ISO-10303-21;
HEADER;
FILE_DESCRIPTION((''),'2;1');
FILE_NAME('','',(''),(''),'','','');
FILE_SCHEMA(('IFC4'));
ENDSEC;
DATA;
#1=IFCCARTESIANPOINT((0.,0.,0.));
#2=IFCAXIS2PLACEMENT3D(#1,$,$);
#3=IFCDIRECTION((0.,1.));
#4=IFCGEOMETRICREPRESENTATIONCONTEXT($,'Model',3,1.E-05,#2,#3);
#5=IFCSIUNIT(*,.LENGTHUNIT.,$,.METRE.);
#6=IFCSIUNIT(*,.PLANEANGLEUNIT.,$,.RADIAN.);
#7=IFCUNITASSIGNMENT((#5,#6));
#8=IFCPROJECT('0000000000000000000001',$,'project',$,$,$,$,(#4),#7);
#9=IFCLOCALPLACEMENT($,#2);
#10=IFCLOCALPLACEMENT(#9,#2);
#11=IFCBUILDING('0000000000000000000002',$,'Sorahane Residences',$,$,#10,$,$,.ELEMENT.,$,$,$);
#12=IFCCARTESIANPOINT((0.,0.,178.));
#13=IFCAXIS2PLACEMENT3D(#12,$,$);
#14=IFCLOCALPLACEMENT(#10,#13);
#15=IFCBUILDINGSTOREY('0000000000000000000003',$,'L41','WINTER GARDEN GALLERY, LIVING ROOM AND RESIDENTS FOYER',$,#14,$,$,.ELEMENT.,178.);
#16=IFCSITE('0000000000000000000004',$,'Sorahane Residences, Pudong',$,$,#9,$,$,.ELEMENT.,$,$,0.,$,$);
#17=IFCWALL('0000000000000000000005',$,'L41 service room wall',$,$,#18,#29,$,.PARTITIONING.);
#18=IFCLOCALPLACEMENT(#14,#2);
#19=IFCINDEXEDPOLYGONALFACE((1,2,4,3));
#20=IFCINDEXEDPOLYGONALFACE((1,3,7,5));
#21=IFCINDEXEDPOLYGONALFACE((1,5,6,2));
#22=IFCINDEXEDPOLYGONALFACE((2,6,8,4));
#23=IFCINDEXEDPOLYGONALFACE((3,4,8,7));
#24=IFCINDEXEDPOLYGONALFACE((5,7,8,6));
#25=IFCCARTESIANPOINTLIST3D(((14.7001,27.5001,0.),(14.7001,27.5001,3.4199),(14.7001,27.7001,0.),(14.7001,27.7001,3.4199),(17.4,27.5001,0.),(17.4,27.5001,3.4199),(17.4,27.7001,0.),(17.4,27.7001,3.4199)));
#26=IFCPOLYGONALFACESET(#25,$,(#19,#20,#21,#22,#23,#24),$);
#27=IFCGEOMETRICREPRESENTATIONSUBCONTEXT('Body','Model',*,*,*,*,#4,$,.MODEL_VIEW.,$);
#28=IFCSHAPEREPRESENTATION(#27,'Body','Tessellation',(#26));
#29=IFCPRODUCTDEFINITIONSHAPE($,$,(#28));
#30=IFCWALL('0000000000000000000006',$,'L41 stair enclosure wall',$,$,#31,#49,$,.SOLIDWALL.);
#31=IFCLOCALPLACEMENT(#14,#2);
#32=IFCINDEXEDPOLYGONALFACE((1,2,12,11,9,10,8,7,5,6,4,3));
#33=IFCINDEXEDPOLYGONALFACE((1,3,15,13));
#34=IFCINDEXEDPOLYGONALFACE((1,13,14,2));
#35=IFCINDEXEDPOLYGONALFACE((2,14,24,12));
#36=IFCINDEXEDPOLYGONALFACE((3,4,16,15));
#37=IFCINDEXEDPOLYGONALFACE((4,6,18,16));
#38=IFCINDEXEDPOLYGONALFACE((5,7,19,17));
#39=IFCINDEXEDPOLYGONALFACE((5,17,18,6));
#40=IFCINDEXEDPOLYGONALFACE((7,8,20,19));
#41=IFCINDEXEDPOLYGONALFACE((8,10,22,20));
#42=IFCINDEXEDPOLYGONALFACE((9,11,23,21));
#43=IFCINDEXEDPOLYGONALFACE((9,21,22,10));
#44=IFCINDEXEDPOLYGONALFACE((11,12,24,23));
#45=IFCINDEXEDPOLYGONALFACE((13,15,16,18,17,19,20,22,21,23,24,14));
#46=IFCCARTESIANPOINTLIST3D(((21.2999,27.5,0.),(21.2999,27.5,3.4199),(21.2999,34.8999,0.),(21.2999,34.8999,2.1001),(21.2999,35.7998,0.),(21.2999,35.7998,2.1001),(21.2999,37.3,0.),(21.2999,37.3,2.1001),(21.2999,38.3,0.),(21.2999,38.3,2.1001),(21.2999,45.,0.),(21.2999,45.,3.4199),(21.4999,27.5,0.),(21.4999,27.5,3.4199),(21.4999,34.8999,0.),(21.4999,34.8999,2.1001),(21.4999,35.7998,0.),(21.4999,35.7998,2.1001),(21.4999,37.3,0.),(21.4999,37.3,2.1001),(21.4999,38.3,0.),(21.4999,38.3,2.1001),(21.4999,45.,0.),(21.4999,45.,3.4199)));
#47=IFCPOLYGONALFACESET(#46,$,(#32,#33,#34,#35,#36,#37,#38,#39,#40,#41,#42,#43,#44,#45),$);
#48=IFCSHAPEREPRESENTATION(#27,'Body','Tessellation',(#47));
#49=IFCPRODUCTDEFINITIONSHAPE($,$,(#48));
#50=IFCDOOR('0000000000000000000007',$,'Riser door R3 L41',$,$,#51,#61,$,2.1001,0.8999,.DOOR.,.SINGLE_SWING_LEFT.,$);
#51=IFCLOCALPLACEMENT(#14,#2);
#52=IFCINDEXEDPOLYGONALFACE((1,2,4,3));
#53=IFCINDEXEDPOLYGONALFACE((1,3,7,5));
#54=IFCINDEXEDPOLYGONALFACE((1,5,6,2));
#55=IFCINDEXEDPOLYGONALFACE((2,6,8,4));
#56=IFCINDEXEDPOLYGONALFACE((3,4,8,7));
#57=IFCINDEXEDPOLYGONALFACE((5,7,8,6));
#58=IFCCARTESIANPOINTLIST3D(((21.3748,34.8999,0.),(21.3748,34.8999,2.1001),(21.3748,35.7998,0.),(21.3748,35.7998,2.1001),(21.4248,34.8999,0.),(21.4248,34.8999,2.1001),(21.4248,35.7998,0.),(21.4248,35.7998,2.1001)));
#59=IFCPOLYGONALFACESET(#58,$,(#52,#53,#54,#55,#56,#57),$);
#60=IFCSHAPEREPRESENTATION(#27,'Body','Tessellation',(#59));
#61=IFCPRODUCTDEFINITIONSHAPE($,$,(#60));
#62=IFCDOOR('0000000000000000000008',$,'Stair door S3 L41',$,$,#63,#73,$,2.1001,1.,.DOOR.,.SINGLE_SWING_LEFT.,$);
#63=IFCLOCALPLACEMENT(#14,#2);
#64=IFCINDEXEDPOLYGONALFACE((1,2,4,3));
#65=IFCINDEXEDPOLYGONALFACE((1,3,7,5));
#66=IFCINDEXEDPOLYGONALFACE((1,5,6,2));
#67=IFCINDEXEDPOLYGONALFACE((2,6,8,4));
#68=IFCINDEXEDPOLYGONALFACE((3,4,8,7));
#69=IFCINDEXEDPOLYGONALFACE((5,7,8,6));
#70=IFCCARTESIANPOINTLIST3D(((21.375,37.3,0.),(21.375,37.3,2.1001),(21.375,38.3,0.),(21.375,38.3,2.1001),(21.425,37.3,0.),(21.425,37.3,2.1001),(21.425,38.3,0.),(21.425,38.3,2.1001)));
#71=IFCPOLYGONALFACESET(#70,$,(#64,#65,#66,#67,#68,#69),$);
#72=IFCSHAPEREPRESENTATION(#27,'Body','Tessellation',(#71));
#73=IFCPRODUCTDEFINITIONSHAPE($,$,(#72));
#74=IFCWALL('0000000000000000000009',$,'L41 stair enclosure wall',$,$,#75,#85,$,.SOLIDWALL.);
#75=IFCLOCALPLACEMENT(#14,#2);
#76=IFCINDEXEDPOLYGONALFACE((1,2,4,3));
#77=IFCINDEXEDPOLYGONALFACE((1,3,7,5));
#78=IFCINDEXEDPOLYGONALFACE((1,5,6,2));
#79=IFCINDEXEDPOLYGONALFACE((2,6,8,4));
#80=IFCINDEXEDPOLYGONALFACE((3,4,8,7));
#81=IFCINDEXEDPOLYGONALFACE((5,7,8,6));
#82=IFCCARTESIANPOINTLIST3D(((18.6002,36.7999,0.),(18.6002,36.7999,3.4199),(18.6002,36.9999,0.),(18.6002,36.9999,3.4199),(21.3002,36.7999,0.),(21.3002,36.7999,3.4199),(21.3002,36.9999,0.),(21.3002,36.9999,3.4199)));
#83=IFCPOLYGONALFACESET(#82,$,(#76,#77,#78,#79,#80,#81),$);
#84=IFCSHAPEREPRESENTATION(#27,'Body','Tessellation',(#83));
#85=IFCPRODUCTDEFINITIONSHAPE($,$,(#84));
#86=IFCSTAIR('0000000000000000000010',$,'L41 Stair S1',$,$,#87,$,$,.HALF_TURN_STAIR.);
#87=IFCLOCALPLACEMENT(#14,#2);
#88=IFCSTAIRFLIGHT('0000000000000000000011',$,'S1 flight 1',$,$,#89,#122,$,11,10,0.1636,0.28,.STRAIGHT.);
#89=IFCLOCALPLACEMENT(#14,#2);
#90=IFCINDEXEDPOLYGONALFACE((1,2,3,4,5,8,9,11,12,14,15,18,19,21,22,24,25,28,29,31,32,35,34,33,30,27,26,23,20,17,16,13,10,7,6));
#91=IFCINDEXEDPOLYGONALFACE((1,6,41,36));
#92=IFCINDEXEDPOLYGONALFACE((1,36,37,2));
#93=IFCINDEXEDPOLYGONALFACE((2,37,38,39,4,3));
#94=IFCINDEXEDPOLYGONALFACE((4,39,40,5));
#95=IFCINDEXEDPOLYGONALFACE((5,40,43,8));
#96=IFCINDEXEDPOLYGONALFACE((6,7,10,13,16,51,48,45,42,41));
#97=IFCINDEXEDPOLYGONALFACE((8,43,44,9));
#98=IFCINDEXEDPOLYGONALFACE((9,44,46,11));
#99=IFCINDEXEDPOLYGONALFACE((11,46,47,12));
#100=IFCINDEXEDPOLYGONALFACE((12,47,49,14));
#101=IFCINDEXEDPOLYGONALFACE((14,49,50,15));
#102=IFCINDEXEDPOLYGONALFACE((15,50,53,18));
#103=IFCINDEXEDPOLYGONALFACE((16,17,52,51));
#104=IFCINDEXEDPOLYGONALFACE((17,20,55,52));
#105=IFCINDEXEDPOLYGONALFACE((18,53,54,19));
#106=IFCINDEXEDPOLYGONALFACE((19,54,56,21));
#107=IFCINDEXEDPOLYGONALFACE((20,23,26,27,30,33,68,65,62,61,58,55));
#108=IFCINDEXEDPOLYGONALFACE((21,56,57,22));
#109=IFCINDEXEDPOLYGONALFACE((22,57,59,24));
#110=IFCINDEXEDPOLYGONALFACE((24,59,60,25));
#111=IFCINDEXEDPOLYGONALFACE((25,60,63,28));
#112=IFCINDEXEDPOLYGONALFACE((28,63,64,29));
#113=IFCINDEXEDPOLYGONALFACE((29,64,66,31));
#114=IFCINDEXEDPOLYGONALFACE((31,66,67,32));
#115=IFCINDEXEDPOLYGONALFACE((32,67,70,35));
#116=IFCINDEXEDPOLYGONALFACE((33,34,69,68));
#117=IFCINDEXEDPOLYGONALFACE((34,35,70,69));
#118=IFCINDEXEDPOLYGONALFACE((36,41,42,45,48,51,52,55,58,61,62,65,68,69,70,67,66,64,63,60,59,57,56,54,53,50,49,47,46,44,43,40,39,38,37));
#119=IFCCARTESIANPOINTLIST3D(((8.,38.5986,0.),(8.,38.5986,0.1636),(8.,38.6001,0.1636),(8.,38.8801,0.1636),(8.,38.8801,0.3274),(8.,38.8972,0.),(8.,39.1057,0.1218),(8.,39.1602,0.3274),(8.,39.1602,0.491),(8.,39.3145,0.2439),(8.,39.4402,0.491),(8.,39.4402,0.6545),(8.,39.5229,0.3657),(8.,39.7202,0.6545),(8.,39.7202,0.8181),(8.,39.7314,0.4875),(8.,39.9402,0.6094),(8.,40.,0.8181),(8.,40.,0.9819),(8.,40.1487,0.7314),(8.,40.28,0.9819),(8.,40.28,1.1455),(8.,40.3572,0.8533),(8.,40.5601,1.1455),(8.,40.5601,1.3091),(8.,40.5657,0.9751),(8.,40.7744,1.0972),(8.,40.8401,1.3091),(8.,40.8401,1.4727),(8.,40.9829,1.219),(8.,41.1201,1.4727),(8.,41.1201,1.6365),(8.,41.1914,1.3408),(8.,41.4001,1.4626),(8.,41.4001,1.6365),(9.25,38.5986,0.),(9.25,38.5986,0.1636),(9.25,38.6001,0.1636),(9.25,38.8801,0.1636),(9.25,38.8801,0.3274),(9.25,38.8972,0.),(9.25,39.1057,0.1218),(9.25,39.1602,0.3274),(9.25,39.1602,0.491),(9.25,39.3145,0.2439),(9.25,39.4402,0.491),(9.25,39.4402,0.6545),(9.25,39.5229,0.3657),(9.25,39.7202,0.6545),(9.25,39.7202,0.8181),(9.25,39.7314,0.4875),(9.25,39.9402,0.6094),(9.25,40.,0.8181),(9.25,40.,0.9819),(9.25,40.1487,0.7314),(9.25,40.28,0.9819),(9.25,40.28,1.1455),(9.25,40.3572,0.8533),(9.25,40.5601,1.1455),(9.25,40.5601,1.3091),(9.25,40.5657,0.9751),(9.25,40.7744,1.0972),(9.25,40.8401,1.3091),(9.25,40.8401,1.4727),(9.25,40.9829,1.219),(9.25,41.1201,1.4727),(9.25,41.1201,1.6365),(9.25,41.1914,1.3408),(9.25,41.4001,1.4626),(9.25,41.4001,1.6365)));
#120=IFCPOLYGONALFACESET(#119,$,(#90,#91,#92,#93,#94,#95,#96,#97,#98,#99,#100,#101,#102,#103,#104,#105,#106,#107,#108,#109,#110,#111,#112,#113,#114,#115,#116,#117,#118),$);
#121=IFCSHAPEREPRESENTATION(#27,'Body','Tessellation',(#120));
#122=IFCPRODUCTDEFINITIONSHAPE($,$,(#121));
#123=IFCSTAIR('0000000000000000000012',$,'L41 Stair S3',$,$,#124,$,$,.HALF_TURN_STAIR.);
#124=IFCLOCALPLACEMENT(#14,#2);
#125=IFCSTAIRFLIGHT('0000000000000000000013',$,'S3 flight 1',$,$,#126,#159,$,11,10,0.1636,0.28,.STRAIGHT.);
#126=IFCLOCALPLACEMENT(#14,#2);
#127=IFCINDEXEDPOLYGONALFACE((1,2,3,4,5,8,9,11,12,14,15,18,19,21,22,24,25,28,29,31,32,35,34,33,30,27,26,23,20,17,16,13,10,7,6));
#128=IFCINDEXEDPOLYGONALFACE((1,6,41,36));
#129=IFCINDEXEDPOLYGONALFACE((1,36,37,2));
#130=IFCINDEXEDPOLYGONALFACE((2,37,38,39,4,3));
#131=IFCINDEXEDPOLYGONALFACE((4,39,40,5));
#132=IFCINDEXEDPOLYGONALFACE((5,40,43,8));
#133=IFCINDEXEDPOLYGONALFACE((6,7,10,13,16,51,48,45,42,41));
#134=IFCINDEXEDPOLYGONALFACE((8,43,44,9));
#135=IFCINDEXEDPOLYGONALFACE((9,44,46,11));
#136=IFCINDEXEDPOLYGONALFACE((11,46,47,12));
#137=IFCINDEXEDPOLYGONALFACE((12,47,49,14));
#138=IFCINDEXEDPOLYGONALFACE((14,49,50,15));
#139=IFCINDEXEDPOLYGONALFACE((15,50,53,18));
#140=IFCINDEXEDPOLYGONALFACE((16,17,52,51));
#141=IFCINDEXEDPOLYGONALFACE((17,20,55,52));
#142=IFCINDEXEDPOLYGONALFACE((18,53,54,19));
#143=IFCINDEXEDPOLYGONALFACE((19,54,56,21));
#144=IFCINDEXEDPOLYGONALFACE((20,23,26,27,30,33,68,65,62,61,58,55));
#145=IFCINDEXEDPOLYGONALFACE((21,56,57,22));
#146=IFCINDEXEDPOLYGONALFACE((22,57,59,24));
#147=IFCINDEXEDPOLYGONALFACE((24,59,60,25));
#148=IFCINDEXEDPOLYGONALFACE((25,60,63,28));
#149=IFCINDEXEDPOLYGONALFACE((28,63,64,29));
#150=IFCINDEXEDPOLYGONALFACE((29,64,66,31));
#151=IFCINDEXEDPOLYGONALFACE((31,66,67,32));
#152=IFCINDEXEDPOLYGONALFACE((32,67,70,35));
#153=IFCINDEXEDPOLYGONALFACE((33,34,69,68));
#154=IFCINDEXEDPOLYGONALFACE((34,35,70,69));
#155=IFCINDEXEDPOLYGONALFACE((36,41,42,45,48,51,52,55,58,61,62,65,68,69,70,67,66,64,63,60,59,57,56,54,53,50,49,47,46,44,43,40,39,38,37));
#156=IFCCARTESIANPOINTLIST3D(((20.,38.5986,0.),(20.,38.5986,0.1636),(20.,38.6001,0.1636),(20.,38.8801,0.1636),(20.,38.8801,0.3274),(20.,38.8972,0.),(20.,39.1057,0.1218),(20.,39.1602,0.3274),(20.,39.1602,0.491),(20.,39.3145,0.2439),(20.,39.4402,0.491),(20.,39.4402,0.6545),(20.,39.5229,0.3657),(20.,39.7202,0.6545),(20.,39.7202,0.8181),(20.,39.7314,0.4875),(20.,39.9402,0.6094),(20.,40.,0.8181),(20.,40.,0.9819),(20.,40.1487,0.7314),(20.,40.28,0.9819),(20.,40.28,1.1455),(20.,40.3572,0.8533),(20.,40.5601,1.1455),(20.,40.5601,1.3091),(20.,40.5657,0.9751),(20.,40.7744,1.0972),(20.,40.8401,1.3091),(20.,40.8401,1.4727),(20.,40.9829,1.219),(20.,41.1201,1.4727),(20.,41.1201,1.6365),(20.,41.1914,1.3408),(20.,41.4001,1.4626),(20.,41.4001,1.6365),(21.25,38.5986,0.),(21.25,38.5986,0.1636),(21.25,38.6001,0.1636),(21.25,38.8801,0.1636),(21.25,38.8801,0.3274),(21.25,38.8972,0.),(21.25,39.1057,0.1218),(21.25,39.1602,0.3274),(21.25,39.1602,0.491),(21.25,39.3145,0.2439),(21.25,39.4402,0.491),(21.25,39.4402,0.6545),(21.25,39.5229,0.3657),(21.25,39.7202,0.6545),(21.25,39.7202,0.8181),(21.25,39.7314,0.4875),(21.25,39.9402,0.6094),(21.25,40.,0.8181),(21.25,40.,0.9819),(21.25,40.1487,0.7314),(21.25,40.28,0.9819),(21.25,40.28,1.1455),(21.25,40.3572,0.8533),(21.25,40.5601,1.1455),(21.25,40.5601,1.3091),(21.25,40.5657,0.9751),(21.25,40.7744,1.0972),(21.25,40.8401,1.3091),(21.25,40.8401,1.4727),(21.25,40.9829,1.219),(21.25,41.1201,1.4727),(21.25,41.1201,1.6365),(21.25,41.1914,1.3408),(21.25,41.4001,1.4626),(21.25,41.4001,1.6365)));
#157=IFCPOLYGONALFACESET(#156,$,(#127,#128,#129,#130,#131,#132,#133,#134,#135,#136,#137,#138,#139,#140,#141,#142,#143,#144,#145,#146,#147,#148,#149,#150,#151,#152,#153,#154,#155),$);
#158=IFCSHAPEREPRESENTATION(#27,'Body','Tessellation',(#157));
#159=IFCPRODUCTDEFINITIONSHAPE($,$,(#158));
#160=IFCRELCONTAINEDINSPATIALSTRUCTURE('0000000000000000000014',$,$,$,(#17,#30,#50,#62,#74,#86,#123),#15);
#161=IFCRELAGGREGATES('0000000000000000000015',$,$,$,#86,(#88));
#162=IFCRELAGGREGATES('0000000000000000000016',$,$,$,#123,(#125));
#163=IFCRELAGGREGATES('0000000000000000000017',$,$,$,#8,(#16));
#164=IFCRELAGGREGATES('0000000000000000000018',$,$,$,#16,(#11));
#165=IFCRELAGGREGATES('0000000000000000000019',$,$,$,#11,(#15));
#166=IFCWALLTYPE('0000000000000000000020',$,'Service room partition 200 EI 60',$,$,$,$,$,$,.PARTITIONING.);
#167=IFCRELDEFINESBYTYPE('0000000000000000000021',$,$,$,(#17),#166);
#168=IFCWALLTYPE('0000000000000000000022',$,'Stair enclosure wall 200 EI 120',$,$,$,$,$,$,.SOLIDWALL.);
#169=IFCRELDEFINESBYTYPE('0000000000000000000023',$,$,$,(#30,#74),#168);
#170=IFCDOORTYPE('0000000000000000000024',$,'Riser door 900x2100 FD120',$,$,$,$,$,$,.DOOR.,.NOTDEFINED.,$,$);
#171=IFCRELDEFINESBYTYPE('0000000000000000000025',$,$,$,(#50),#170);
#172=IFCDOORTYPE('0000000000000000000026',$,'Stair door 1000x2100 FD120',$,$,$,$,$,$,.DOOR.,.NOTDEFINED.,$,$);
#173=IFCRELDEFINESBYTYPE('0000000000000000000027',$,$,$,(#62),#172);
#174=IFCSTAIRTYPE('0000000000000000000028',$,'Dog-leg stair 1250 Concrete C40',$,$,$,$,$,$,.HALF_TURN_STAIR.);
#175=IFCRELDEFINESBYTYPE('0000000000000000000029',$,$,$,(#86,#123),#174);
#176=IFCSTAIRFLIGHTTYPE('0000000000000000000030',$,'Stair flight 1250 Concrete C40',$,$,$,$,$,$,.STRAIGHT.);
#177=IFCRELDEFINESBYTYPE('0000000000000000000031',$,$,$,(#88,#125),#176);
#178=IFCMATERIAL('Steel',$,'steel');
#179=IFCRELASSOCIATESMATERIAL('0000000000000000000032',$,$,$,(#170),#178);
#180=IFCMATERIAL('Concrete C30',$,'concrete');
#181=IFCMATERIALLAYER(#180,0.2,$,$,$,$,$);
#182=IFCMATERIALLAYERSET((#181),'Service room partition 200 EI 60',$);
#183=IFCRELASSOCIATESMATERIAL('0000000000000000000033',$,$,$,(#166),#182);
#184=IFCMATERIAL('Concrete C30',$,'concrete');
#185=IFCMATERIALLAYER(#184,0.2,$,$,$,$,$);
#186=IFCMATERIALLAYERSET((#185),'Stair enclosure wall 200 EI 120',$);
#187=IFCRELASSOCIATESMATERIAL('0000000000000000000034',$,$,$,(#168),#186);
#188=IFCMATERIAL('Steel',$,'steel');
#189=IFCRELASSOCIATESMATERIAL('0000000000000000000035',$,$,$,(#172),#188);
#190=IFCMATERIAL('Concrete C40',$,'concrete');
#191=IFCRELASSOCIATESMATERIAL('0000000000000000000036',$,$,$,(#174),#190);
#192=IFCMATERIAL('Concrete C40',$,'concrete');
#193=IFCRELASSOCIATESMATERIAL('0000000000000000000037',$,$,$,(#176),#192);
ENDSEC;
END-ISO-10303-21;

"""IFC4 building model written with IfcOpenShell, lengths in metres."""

from ifc_helpers import new_model, si_unit, direction, frame, frame_2d, origin, place, context, subcontext, project, spatial, polyline, rectangle, outline, extrude, material, layer, layer_set, type_object, element, fill, aggregate, save


model = new_model("IFC4")

# Units and contexts
model_context = context("Model", 3, precision=1e-05, world=origin(), true_north=direction((0.0, 1.0)))
body_context = subcontext(model_context, "Body", "Model", "MODEL_VIEW")
ifc_project = project(units=[si_unit("LENGTHUNIT", "METRE"), si_unit("PLANEANGLEUNIT", "RADIAN")], contexts=[model_context])

# Site, building, storey
site_placement = place(None, origin())
site = spatial("IfcSite", under=ifc_project, at=site_placement, Name="Sorahane Residences, Pudong", CompositionType="ELEMENT", RefElevation=0.0)
building_placement = place(site_placement, origin())
building = spatial("IfcBuilding", under=site, at=building_placement, Name="Sorahane Residences", CompositionType="ELEMENT")
storey_placement = place(building_placement, frame((0.0, 0.0, 178.0)))
storey = spatial("IfcBuildingStorey", under=building, at=storey_placement, Name="L41", Description="WINTER GARDEN GALLERY, LIVING ROOM AND RESIDENTS FOYER", CompositionType="ELEMENT", Elevation=178.0)

# Shared definitions
ifc_material_1 = material(Name="Steel", Category="steel")
door_type_1 = type_object("IfcDoorType", Name="Riser door 900x2100 FD120", OperationType="NOTDEFINED", PredefinedType="DOOR", material=ifc_material_1)

# Wall
ifc_material_2 = material(Name="Concrete C30", Category="concrete")
ifc_layer_1 = layer(ifc_material_2, 0.2)
ifc_layer_set_1 = layer_set([ifc_layer_1], Name="Service room partition 200 EI 60")
wall_type_1 = type_object("IfcWallType", Name="Service room partition 200 EI 60", PredefinedType="PARTITIONING", material=ifc_layer_set_1)
wall_1_placement = place(storey_placement, frame((14.7, 27.6001, 0.0), z_axis=(0.0, 0.0, 1.0), x_axis=(1.0, 0.0, 0.0)))
element("IfcWall", 1, at=wall_1_placement, inside=storey, type_object=wall_type_1, Name="L41 service room wall", PredefinedType="PARTITIONING", context=body_context, shape_type="SweptSolid", body=[
    extrude(rectangle(XDim=2.7, YDim=0.2, at=frame_2d((1.3501, 0.0))), origin(), (0.0, 0.0, 1.0), 3.4199),
])

# Wall, openings, doors
ifc_material_3 = material(Name="Concrete C30", Category="concrete")
ifc_layer_2 = layer(ifc_material_3, 0.2)
ifc_layer_set_2 = layer_set([ifc_layer_2], Name="Stair enclosure wall 200 EI 120")
wall_type_2 = type_object("IfcWallType", Name="Stair enclosure wall 200 EI 120", PredefinedType="SOLIDWALL", material=ifc_layer_set_2)
wall_2_placement = place(storey_placement, frame((21.3999, 27.5, 0.0), z_axis=(0.0, 0.0, 1.0), x_axis=(0.0, 1.0, 0.0)))
wall_2 = element("IfcWall", 2, at=wall_2_placement, inside=storey, type_object=wall_type_2, Name="L41 stair enclosure wall", PredefinedType="SOLIDWALL", context=body_context, shape_type="SweptSolid", body=[
    extrude(rectangle(XDim=17.5, YDim=0.2, at=frame_2d((8.75, 0.0))), origin(), (0.0, 0.0, 1.0), 3.4199),
])
opening_1_placement = place(wall_2_placement, frame((9.8, 0.0, 0.0)))
opening_1 = element("IfcOpeningElement", 3, at=opening_1_placement, cuts=wall_2, PredefinedType="OPENING", context=body_context, shape_type="SweptSolid", body=[
    extrude(rectangle(XDim=1.0, YDim=2.1001, at=frame_2d((0.5, 1.05))), frame((0.0, 0.1099, 0.0), z_axis=(0.0, -1.0, 0.0), x_axis=(1.0, 0.0, 0.0)), (0.0, 0.0, 1.0), 0.22),
])
opening_2_placement = place(wall_2_placement, frame((7.3999, 0.0, 0.0)))
opening_2 = element("IfcOpeningElement", 4, at=opening_2_placement, cuts=wall_2, PredefinedType="OPENING", context=body_context, shape_type="SweptSolid", body=[
    extrude(rectangle(XDim=0.8999, YDim=2.1001, at=frame_2d((0.45, 1.05))), frame((0.0, 0.1099, 0.0), z_axis=(0.0, -1.0, 0.0), x_axis=(1.0, 0.0, 0.0)), (0.0, 0.0, 1.0), 0.22),
])
door_1_placement = place(opening_2_placement, frame((0.8999, 0.0, 0.0), z_axis=(0.0, 0.0, 1.0), x_axis=(-1.0, 0.0, 0.0)))
door_1 = element("IfcDoor", 5, at=door_1_placement, inside=storey, type_object=door_type_1, Name="Riser door R3 L41", OperationType="SINGLE_SWING_LEFT", OverallHeight=2.1001, OverallWidth=0.8999, PredefinedType="DOOR", context=body_context, shape_type="SweptSolid", body=[
    extrude(rectangle(XDim=0.8999, YDim=2.1001, at=frame_2d((0.45, 1.05))), frame((0.0, 0.0249, 0.0), z_axis=(0.0, -1.0, 0.0), x_axis=(1.0, 0.0, 0.0)), (0.0, 0.0, 1.0), 0.05),
])
fill(opening_2, door_1)
ifc_material_4 = material(Name="Steel", Category="steel")
door_type_2 = type_object("IfcDoorType", Name="Stair door 1000x2100 FD120", OperationType="NOTDEFINED", PredefinedType="DOOR", material=ifc_material_4)
door_2_placement = place(opening_1_placement, origin())
door_2 = element("IfcDoor", 6, at=door_2_placement, inside=storey, type_object=door_type_2, Name="Stair door S3 L41", OperationType="SINGLE_SWING_LEFT", OverallHeight=2.1001, OverallWidth=1.0, PredefinedType="DOOR", context=body_context, shape_type="SweptSolid", body=[
    extrude(rectangle(XDim=1.0, YDim=2.1001, at=frame_2d((0.5, 1.05))), frame((0.0, 0.0249, 0.0), z_axis=(0.0, -1.0, 0.0), x_axis=(1.0, 0.0, 0.0)), (0.0, 0.0, 1.0), 0.05),
])
fill(opening_1, door_2)

# Wall
wall_3_placement = place(storey_placement, frame((18.6001, 36.8999, 0.0), z_axis=(0.0, 0.0, 1.0), x_axis=(1.0, 0.0, 0.0)))
element("IfcWall", 7, at=wall_3_placement, inside=storey, type_object=wall_type_2, Name="L41 stair enclosure wall", PredefinedType="SOLIDWALL", context=body_context, shape_type="SweptSolid", body=[
    extrude(rectangle(XDim=2.7, YDim=0.2, at=frame_2d((1.3501, 0.0))), origin(), (0.0, 0.0, 1.0), 3.4199),
])

# Stairs, stair flights
ifc_material_5 = material(Name="Concrete C40", Category="concrete")
stair_type = type_object("IfcStairType", Name="Dog-leg stair 1250 Concrete C40", PredefinedType="HALF_TURN_STAIR", material=ifc_material_5)
stair_1_placement = place(storey_placement, origin())
stair_1 = element("IfcStair", 8, at=stair_1_placement, inside=storey, type_object=stair_type, Name="L41 Stair S1", PredefinedType="HALF_TURN_STAIR")
ifc_material_6 = material(Name="Concrete C40", Category="concrete")
stair_flight_type = type_object("IfcStairFlightType", Name="Stair flight 1250 Concrete C40", PredefinedType="STRAIGHT", material=ifc_material_6)
stair_flight_1_placement = place(storey_placement, frame((8.625, 38.6001, 0.0), z_axis=(0.0, 0.0, 1.0), x_axis=(0.0, 1.0, 0.0)))
stair_flight_1 = element("IfcStairFlight", 9, at=stair_flight_1_placement, type_object=stair_flight_type, Name="S1 flight 1", NumberOfRisers=11, NumberOfTreads=10, PredefinedType="STRAIGHT", RiserHeight=0.1636, TreadLength=0.28, context=body_context, shape_type="SweptSolid", body=[
    extrude(outline(polyline([(-0.0015, 0.0), (-0.0015, 0.1636), (0.0, 0.1636), (0.28, 0.1636), (0.28, 0.3274), (0.5601, 0.3274), (0.5601, 0.491), (0.8401, 0.491), (0.8401, 0.6545), (1.1201, 0.6545), (1.1201, 0.8181), (1.3999, 0.8181), (1.3999, 0.9819), (1.6799, 0.9819), (1.6799, 1.1455), (1.96, 1.1455), (1.96, 1.3091), (2.24, 1.3091), (2.24, 1.4727), (2.52, 1.4727), (2.52, 1.6365), (2.8, 1.6365), (2.8, 1.8), (2.8, 1.4626), (2.5913, 1.3408), (2.3828, 1.219), (2.1743, 1.0972), (1.9656, 0.9751), (1.7571, 0.8533), (1.5486, 0.7314), (1.3401, 0.6094), (1.1313, 0.4875), (0.9229, 0.3657), (0.7144, 0.2439), (0.5056, 0.1218), (0.2971, 0.0), (-0.0015, 0.0)])), frame((0.0, 0.625, 0.0), z_axis=(0.0, -1.0, 0.0), x_axis=(1.0, 0.0, 0.0)), (0.0, 0.0, 1.0), 1.25),
])
aggregate(stair_1, [stair_flight_1])
stair_2_placement = place(storey_placement, origin())
stair_2 = element("IfcStair", 10, at=stair_2_placement, inside=storey, type_object=stair_type, Name="L41 Stair S3", PredefinedType="HALF_TURN_STAIR")
stair_flight_2_placement = place(storey_placement, frame((20.625, 38.6001, 0.0), z_axis=(0.0, 0.0, 1.0), x_axis=(0.0, 1.0, 0.0)))
stair_flight_2 = element("IfcStairFlight", 11, at=stair_flight_2_placement, type_object=stair_flight_type, Name="S3 flight 1", NumberOfRisers=11, NumberOfTreads=10, PredefinedType="STRAIGHT", RiserHeight=0.1636, TreadLength=0.28, context=body_context, shape_type="SweptSolid", body=[
    extrude(outline(polyline([(-0.0015, 0.0), (-0.0015, 0.1636), (0.0, 0.1636), (0.28, 0.1636), (0.28, 0.3274), (0.5601, 0.3274), (0.5601, 0.491), (0.8401, 0.491), (0.8401, 0.6545), (1.1201, 0.6545), (1.1201, 0.8181), (1.3999, 0.8181), (1.3999, 0.9819), (1.6799, 0.9819), (1.6799, 1.1455), (1.96, 1.1455), (1.96, 1.3091), (2.24, 1.3091), (2.24, 1.4727), (2.52, 1.4727), (2.52, 1.6365), (2.8, 1.6365), (2.8, 1.8), (2.8, 1.4626), (2.5913, 1.3408), (2.3828, 1.219), (2.1743, 1.0972), (1.9656, 0.9751), (1.7571, 0.8533), (1.5486, 0.7314), (1.3401, 0.6094), (1.1313, 0.4875), (0.9229, 0.3657), (0.7144, 0.2439), (0.5056, 0.1218), (0.2971, 0.0), (-0.0015, 0.0)])), frame((0.0, 0.625, 0.0), z_axis=(0.0, -1.0, 0.0), x_axis=(1.0, 0.0, 0.0)), (0.0, 0.0, 1.0), 1.25),
])
aggregate(stair_2, [stair_flight_2])

save(model, "model.ifc")
